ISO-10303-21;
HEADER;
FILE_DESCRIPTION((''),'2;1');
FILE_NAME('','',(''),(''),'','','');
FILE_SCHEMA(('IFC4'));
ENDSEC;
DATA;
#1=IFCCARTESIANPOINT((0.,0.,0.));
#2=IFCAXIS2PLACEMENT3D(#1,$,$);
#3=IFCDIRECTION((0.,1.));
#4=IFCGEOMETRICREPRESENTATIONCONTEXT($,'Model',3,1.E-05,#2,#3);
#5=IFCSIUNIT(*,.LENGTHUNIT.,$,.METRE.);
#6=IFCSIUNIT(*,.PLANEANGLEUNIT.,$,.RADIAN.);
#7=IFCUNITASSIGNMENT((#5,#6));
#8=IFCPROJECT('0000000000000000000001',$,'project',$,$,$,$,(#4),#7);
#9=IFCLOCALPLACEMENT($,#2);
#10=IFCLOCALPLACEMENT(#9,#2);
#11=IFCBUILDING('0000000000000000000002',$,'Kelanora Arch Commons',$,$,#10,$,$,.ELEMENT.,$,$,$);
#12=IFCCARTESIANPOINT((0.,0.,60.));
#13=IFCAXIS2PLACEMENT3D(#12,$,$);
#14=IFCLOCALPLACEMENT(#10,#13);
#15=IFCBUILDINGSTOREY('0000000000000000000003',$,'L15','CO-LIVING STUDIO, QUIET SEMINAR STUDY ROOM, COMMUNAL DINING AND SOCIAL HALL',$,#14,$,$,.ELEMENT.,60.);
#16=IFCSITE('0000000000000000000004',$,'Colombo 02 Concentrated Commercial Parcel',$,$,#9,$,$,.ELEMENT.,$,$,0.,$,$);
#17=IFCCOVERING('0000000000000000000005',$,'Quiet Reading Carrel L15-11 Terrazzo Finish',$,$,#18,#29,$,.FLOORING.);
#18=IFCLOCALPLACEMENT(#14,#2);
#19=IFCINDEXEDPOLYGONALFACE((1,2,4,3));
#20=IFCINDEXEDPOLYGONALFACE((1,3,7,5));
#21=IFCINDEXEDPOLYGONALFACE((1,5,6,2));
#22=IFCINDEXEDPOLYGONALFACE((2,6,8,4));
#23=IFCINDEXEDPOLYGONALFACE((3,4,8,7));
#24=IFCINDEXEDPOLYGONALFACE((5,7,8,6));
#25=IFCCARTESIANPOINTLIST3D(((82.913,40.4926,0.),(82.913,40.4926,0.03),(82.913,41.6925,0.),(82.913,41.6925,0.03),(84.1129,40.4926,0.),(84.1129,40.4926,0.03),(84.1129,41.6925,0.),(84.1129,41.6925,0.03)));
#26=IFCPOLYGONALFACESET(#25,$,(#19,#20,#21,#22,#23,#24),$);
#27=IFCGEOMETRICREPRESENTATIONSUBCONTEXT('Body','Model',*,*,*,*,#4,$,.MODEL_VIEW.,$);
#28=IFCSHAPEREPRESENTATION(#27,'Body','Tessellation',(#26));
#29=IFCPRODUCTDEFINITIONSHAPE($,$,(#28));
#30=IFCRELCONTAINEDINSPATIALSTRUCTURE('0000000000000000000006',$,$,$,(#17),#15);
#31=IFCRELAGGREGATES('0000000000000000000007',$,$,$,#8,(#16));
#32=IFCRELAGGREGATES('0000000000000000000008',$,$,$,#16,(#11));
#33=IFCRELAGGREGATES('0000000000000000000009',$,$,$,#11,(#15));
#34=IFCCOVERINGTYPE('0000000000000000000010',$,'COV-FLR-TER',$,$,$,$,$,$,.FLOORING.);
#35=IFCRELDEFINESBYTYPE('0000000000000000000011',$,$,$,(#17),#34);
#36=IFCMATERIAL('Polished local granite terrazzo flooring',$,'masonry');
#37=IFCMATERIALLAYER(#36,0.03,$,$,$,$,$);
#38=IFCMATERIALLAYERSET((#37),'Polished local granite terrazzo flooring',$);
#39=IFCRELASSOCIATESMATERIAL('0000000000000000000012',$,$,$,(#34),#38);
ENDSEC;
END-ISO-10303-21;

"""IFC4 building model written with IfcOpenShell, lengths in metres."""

from ifc_helpers import new_model, si_unit, direction, frame, origin, origin_2d, place, context, subcontext, project, spatial, rectangle, extrude, source, transform, mapped, material, layer, layer_set, type_object, element, save


model = new_model("IFC4")

# Units and contexts
model_context = context("Model", 3, precision=1e-05, world=origin(), true_north=direction((0.0, 1.0)))
body_context = subcontext(model_context, "Body", "Model", "MODEL_VIEW")
ifc_project = project(units=[si_unit("LENGTHUNIT", "METRE"), si_unit("PLANEANGLEUNIT", "RADIAN")], contexts=[model_context])

# Site, building, storey
site_placement = place(None, origin())
site = spatial("IfcSite", under=ifc_project, at=site_placement, Name="Colombo 02 Concentrated Commercial Parcel", CompositionType="ELEMENT", RefElevation=0.0)
building_placement = place(site_placement, origin())
building = spatial("IfcBuilding", under=site, at=building_placement, Name="Kelanora Arch Commons", CompositionType="ELEMENT")
storey_placement = place(building_placement, frame((0.0, 0.0, 60.0)))
storey = spatial("IfcBuildingStorey", under=building, at=storey_placement, Name="L15", Description="CO-LIVING STUDIO, QUIET SEMINAR STUDY ROOM, COMMUNAL DINING AND SOCIAL HALL", CompositionType="ELEMENT", Elevation=60.0)

# Covering
ifc_material_1 = material(Name="Polished local granite terrazzo flooring", Category="masonry")
ifc_layer_1 = layer(ifc_material_1, 0.03)
ifc_layer_set_1 = layer_set([ifc_layer_1], Name="Polished local granite terrazzo flooring")
covering_type = type_object("IfcCoveringType", Name="COV-FLR-TER", PredefinedType="FLOORING", material=ifc_layer_set_1)
shared_shape_1 = source(origin(), body_context, "Body", "SweptSolid", [
    extrude(rectangle(XDim=1.2, YDim=1.2, at=origin_2d()), origin(), (0.0, 0.0, 1.0), 0.03),
])
covering_placement = place(storey_placement, frame((83.5129, 41.0925, 0.0), z_axis=(0.0, 0.0, 1.0), x_axis=(1.0, 0.0, 0.0)))
element("IfcCovering", 1, at=covering_placement, inside=storey, type_object=covering_type, Name="Quiet Reading Carrel L15-11 Terrazzo Finish", PredefinedType="FLOORING", context=body_context, shape_type="MappedRepresentation", body=[
    mapped(shared_shape_1, transform((0.0, 0.0, 0.0), scale=1.0)),
])

save(model, "model.ifc")
